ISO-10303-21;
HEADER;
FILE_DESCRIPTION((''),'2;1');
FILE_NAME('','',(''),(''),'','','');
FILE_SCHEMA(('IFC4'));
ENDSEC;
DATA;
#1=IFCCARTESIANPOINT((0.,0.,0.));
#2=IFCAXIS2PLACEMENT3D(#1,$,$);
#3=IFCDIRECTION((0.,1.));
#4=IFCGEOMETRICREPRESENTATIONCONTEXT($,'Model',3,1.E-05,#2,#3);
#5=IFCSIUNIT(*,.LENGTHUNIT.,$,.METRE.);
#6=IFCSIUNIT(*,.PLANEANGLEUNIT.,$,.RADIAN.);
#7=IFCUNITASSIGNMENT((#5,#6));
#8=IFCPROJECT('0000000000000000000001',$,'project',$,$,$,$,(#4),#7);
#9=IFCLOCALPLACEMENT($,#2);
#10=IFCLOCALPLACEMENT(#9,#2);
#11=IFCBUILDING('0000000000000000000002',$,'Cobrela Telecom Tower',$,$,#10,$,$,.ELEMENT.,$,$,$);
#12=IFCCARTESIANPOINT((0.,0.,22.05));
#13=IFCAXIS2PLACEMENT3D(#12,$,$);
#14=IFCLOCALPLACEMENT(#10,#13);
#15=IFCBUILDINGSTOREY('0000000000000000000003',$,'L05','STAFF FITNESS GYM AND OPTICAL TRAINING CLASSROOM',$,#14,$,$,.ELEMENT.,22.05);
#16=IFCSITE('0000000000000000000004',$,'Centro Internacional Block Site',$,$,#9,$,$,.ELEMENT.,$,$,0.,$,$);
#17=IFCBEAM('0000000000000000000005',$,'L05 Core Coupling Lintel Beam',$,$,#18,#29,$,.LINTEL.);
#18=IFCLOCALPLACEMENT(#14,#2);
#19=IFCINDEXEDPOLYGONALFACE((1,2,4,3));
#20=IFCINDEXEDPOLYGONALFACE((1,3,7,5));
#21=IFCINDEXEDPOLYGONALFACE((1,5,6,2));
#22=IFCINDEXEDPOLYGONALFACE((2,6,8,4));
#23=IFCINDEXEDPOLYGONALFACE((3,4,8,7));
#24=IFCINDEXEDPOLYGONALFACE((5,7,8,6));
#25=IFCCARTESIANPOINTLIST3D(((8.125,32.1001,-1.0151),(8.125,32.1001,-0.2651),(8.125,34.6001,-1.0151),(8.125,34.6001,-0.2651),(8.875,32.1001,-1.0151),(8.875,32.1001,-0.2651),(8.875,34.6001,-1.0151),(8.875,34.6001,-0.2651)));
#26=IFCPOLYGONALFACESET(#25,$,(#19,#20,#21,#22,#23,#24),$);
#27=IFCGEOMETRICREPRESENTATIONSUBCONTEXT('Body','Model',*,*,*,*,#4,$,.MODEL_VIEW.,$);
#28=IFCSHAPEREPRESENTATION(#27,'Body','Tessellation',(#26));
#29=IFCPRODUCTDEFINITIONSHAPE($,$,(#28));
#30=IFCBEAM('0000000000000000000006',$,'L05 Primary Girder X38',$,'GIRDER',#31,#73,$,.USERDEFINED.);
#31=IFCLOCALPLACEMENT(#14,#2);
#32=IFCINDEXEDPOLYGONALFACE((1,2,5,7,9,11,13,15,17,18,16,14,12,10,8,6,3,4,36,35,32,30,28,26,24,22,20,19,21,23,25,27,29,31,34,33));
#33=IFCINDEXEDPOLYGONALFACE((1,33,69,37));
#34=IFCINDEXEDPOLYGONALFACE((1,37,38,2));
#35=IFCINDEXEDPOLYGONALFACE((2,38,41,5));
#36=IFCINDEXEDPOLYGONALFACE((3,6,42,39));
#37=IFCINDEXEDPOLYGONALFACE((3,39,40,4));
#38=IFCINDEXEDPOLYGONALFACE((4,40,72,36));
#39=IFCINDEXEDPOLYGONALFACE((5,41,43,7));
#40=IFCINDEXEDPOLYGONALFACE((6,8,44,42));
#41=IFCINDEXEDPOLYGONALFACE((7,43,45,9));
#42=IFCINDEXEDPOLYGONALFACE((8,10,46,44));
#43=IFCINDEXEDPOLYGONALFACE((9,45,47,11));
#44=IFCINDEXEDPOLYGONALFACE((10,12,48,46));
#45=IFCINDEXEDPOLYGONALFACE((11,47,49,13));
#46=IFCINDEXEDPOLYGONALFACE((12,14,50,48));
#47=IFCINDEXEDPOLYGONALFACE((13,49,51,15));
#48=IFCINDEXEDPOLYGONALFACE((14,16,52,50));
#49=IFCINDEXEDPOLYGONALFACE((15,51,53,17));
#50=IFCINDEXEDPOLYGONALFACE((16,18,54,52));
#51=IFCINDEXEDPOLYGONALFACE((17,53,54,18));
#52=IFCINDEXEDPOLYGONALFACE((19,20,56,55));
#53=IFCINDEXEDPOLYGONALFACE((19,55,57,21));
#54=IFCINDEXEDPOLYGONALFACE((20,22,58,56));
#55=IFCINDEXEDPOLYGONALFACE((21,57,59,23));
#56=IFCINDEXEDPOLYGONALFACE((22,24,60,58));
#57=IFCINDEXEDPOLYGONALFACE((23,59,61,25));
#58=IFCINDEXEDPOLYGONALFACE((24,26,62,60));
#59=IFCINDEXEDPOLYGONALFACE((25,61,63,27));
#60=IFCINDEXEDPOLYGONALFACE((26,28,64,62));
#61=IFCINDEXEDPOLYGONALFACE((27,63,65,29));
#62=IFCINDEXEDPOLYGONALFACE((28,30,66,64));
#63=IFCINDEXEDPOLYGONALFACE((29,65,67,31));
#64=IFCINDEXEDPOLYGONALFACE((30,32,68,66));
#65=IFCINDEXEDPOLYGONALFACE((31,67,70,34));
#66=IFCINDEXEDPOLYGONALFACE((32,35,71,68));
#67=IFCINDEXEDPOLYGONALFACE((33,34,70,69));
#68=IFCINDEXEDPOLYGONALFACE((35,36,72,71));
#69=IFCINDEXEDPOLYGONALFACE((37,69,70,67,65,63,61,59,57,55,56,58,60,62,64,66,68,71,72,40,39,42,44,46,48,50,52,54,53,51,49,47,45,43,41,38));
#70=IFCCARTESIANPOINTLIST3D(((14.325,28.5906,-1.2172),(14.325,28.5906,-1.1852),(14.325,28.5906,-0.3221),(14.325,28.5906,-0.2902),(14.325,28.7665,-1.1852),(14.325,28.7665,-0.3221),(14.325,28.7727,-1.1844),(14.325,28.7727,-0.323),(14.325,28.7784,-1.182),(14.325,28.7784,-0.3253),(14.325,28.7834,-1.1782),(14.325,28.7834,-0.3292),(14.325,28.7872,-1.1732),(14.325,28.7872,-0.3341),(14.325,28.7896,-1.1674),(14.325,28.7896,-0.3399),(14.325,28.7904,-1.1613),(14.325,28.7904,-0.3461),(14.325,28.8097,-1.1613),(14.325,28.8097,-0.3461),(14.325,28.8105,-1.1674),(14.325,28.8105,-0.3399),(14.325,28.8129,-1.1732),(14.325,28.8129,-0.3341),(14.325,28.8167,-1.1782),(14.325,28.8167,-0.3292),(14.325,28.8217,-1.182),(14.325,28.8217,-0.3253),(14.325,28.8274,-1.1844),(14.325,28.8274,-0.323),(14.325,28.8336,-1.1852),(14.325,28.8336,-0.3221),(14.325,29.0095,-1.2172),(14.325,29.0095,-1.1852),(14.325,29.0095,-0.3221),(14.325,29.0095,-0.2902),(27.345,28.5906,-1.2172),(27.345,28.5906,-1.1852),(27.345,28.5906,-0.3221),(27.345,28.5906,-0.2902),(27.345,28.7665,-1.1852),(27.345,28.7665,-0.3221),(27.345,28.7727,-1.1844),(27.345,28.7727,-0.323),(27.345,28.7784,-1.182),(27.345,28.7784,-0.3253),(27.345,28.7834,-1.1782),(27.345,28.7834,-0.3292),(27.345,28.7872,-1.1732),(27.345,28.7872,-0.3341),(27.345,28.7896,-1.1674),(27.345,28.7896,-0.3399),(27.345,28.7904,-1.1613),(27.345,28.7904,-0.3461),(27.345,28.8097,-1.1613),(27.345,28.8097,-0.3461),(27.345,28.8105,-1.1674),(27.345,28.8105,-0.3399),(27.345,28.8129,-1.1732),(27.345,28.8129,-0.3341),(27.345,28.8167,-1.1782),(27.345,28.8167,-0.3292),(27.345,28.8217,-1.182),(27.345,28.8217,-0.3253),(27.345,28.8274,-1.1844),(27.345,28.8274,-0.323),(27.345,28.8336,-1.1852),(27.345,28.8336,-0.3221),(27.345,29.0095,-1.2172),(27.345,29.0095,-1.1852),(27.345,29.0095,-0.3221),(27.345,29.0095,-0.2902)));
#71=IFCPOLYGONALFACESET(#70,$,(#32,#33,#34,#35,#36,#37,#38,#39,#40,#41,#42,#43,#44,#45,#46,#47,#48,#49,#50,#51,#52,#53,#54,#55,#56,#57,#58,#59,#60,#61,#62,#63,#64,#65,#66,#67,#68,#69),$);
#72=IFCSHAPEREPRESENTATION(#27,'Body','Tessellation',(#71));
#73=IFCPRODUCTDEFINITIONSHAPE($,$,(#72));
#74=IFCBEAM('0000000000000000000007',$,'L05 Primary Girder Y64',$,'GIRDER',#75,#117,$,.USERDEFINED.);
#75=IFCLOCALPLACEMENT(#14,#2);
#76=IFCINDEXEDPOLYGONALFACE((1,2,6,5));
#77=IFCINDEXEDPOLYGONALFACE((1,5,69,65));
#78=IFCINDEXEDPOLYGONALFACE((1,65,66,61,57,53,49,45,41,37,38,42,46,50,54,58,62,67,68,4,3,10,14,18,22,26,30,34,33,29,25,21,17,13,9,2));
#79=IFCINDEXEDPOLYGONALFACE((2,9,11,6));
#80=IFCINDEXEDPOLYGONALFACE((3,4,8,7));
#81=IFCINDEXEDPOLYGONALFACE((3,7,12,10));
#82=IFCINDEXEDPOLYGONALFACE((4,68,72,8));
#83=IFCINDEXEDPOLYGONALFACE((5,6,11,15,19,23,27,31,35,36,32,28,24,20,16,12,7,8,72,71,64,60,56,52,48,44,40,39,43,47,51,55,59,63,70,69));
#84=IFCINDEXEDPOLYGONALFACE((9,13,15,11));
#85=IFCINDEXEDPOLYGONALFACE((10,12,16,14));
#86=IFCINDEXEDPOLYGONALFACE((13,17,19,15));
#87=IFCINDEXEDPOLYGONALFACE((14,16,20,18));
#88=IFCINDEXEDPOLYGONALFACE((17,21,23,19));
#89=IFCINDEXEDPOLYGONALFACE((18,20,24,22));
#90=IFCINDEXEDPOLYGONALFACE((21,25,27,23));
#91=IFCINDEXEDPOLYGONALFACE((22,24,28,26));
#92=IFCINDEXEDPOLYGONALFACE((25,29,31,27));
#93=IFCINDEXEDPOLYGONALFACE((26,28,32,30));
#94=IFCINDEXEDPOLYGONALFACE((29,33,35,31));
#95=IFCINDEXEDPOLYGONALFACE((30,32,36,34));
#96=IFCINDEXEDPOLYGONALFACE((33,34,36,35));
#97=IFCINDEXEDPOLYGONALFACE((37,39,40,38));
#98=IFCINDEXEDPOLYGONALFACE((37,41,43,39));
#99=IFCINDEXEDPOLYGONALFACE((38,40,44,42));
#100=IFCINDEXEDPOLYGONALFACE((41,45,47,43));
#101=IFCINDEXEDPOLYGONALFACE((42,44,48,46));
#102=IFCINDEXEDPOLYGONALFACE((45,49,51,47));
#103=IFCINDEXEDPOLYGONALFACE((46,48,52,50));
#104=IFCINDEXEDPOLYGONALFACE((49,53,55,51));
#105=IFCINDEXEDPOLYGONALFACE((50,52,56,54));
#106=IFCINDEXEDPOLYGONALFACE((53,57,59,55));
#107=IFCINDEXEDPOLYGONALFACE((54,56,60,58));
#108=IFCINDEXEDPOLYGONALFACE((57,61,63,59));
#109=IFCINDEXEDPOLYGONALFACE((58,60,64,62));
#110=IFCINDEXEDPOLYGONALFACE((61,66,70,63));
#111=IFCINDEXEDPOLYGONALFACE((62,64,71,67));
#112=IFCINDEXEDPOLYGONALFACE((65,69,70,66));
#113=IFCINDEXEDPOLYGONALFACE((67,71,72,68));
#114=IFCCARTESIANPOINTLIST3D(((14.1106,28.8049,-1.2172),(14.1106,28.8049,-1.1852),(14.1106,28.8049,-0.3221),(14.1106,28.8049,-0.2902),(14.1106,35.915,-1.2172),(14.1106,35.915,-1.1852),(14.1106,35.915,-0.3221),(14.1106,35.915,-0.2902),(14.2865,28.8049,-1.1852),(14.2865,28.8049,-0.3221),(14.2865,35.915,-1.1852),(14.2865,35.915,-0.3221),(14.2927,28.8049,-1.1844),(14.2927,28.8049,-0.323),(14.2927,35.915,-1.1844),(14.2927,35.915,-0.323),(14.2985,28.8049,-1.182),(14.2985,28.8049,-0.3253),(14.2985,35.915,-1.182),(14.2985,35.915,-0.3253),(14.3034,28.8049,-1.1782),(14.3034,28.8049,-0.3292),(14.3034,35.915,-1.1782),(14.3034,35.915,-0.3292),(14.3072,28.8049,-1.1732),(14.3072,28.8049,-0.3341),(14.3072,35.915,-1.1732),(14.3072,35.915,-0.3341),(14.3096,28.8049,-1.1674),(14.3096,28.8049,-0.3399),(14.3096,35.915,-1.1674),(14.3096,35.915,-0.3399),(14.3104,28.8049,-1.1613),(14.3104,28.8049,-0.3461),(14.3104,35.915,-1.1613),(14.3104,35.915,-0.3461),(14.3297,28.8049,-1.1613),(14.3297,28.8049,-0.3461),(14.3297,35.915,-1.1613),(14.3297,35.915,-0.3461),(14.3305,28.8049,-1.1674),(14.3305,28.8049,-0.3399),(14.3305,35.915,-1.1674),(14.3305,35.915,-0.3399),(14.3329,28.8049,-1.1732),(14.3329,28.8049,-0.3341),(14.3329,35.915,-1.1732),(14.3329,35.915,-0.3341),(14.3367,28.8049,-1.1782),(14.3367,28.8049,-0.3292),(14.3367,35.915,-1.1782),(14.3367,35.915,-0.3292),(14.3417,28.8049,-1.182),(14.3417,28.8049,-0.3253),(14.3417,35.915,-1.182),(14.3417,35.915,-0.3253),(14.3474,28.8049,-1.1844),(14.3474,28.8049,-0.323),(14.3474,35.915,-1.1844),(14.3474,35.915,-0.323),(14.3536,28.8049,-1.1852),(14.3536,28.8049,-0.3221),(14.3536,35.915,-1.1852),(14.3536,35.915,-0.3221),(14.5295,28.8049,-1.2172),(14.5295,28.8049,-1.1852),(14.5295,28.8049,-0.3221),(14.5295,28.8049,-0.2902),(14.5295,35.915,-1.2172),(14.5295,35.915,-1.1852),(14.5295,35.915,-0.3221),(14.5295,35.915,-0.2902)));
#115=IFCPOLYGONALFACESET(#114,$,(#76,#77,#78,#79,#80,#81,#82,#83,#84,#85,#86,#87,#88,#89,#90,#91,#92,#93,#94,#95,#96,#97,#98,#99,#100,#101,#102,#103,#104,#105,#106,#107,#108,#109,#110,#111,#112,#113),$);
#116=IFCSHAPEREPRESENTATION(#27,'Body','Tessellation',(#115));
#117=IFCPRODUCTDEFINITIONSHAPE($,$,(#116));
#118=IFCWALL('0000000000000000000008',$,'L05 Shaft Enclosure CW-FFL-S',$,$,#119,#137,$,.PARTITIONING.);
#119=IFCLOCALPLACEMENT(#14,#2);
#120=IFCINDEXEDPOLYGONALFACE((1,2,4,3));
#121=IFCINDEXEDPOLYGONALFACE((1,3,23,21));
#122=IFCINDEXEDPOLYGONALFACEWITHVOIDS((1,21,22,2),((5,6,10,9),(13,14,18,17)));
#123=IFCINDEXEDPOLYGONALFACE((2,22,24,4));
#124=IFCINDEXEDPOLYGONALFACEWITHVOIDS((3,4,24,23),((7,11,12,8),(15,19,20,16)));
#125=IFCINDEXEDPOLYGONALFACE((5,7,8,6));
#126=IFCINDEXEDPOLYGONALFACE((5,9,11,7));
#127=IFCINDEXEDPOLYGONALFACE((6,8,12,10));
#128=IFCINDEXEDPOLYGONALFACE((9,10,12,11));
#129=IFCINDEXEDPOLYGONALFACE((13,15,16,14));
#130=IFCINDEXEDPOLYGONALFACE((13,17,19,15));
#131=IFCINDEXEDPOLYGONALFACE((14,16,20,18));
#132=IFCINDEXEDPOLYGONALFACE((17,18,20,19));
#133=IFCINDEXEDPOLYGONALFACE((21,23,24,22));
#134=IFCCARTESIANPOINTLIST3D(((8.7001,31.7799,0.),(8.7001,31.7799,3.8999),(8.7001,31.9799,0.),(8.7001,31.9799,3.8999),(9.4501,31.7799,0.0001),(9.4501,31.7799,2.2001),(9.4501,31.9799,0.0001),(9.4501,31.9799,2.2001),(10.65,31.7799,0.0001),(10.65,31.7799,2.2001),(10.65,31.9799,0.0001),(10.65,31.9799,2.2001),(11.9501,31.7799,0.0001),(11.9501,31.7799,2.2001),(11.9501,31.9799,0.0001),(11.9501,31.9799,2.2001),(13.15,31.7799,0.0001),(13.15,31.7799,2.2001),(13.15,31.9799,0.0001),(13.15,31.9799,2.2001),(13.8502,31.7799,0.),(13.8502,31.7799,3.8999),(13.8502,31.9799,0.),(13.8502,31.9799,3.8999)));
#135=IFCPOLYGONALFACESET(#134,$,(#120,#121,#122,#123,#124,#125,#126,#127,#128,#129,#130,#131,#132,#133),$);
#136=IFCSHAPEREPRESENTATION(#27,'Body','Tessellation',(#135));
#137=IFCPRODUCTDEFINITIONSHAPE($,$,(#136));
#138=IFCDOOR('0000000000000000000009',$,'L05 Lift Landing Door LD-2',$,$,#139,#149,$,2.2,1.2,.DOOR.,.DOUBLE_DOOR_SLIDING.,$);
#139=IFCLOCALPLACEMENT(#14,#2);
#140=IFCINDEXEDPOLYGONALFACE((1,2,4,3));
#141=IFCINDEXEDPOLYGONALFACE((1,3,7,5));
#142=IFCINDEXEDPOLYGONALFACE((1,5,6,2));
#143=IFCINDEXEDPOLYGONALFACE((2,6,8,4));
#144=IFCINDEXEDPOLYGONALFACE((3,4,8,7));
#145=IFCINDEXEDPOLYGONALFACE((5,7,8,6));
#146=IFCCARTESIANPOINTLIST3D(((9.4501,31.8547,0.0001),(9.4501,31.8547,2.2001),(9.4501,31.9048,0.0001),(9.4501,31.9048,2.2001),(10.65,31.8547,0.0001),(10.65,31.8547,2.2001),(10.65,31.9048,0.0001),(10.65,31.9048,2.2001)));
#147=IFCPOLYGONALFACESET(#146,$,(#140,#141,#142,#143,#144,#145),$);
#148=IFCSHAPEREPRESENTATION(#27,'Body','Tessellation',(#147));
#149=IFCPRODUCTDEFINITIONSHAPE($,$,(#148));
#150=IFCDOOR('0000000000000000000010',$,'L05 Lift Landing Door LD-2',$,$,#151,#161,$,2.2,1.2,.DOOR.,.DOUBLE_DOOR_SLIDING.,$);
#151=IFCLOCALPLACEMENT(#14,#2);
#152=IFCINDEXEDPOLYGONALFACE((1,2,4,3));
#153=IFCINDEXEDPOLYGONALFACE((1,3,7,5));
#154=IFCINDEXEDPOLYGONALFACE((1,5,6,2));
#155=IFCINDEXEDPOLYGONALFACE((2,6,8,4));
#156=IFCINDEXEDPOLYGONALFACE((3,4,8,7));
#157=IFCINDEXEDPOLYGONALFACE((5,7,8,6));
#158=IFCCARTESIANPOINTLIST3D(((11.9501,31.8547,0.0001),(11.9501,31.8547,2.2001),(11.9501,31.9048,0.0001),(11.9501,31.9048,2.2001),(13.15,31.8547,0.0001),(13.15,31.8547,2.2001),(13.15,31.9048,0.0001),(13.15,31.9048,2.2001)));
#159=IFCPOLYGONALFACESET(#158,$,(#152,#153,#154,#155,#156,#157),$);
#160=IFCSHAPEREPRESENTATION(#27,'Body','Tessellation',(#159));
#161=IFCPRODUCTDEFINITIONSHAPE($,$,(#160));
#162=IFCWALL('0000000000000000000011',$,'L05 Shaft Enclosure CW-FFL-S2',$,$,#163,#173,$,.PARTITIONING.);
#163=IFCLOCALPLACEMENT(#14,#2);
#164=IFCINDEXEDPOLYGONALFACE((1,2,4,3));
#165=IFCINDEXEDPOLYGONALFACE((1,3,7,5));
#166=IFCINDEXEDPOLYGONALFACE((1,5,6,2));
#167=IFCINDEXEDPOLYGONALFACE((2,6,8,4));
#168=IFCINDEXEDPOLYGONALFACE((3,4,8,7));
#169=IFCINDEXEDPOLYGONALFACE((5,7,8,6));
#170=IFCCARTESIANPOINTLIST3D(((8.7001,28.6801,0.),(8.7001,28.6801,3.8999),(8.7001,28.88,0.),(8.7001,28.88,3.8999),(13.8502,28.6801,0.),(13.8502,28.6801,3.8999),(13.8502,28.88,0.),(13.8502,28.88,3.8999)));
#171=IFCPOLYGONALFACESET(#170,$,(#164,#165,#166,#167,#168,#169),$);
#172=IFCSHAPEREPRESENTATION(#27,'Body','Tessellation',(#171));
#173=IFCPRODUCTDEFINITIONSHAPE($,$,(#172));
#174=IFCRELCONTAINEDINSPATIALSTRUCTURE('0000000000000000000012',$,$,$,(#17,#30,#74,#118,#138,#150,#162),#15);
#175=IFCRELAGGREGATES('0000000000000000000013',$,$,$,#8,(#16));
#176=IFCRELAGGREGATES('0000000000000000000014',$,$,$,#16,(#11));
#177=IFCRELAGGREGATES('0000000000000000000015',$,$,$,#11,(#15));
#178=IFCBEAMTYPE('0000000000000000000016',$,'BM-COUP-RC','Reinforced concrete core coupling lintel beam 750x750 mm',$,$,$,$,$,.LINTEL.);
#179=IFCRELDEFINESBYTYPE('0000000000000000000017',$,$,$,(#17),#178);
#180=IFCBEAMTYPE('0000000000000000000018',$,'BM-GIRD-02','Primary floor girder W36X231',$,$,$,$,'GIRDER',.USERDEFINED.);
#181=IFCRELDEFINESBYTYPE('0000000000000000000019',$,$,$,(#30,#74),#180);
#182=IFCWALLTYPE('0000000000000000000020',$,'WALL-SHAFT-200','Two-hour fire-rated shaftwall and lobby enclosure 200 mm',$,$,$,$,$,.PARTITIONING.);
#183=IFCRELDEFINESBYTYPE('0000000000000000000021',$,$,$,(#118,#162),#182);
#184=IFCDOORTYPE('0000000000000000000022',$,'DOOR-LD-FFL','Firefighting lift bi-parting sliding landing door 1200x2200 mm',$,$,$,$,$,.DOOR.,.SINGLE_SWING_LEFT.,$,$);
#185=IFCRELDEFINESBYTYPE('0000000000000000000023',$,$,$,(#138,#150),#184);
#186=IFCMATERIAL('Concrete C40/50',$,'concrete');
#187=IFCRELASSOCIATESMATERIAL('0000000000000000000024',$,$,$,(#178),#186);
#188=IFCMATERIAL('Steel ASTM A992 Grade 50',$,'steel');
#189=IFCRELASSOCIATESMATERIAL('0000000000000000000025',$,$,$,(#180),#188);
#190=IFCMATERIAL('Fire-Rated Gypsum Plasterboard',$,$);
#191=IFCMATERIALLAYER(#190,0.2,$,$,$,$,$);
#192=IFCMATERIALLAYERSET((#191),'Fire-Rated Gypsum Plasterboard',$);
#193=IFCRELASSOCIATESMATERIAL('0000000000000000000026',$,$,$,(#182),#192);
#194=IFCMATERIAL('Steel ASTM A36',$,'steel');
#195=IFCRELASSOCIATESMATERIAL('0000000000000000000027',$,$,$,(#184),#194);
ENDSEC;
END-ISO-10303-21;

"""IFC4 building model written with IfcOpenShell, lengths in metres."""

from ifc_helpers import new_model, si_unit, direction, frame, frame_2d, origin, origin_2d, place, context, subcontext, project, spatial, rectangle, i_section, extrude, material, layer, layer_set, material_profile, profile_set, type_object, element, fill, save


model = new_model("IFC4")

# Units and contexts
model_context = context("Model", 3, precision=1e-05, world=origin(), true_north=direction((0.0, 1.0)))
body_context = subcontext(model_context, "Body", "Model", "MODEL_VIEW")
ifc_project = project(units=[si_unit("LENGTHUNIT", "METRE"), si_unit("PLANEANGLEUNIT", "RADIAN")], contexts=[model_context])

# Site, building, storey
site_placement = place(None, origin())
site = spatial("IfcSite", under=ifc_project, at=site_placement, Name="Centro Internacional Block Site", CompositionType="ELEMENT", RefElevation=0.0)
building_placement = place(site_placement, origin())
building = spatial("IfcBuilding", under=site, at=building_placement, Name="Cobrela Telecom Tower", CompositionType="ELEMENT")
storey_placement = place(building_placement, frame((0.0, 0.0, 22.05)))
storey = spatial("IfcBuildingStorey", under=building, at=storey_placement, Name="L05", Description="STAFF FITNESS GYM AND OPTICAL TRAINING CLASSROOM", CompositionType="ELEMENT", Elevation=22.05)

# Beams
ifc_material_1 = material(Name="Concrete C40/50", Category="concrete")
ifc_material_profile_1 = material_profile(ifc_material_1, rectangle(XDim=0.75, YDim=0.75, at=origin_2d()), Name="RC 750x750")
ifc_profile_set_1 = profile_set([ifc_material_profile_1], Name="Concrete C40/50")
beam_type_1 = type_object("IfcBeamType", Name="BM-COUP-RC", Description="Reinforced concrete core coupling lintel beam 750x750 mm", PredefinedType="LINTEL", material=ifc_profile_set_1)
beam_1_placement = place(storey_placement, frame((8.5, 32.1001, -0.6401), z_axis=(0.0, 1.0, 0.0), x_axis=(-1.0, 0.0, 0.0)))
element("IfcBeam", 1, at=beam_1_placement, inside=storey, type_object=beam_type_1, Name="L05 Core Coupling Lintel Beam", PredefinedType="LINTEL", context=body_context, shape_type="SweptSolid", body=[
    extrude(rectangle(XDim=0.75, YDim=0.75, at=origin_2d()), origin(), (0.0, 0.0, 1.0), 2.5),
])
ifc_material_2 = material(Name="Steel ASTM A992 Grade 50", Category="steel")
ifc_material_profile_2 = material_profile(ifc_material_2, i_section(OverallWidth=0.4189, OverallDepth=0.927, WebThickness=0.0193, FlangeThickness=0.032, FilletRadius=0.0239, at=origin_2d()), Name="W36X231")
ifc_profile_set_2 = profile_set([ifc_material_profile_2], Name="Steel ASTM A992 Grade 50")
beam_type_2 = type_object("IfcBeamType", Name="BM-GIRD-02", Description="Primary floor girder W36X231", ElementType="GIRDER", PredefinedType="USERDEFINED", material=ifc_profile_set_2)
beam_2_placement = place(storey_placement, frame((14.325, 28.8, -0.7537), z_axis=(1.0, 0.0, 0.0), x_axis=(0.0, 1.0, 0.0)))
element("IfcBeam", 2, at=beam_2_placement, inside=storey, type_object=beam_type_2, Name="L05 Primary Girder X38", ObjectType="GIRDER", PredefinedType="USERDEFINED", context=body_context, shape_type="SweptSolid", body=[
    extrude(i_section(OverallWidth=0.4189, OverallDepth=0.927, WebThickness=0.0193, FlangeThickness=0.032, FilletRadius=0.0239, at=origin_2d()), origin(), (0.0, 0.0, 1.0), 13.02),
])
beam_3_placement = place(storey_placement, frame((14.3201, 28.8049, -0.7537), z_axis=(0.0, 1.0, 0.0), x_axis=(-1.0, 0.0, 0.0)))
element("IfcBeam", 3, at=beam_3_placement, inside=storey, type_object=beam_type_2, Name="L05 Primary Girder Y64", ObjectType="GIRDER", PredefinedType="USERDEFINED", context=body_context, shape_type="SweptSolid", body=[
    extrude(i_section(OverallWidth=0.4189, OverallDepth=0.927, WebThickness=0.0193, FlangeThickness=0.032, FilletRadius=0.0239, at=origin_2d()), origin(), (0.0, 0.0, 1.0), 7.1101),
])

# Wall, openings, doors
ifc_material_3 = material(Name="Steel ASTM A36", Category="steel")
ifc_material_4 = material(Name="Fire-Rated Gypsum Plasterboard")
ifc_layer_1 = layer(ifc_material_4, 0.2)
ifc_layer_set_1 = layer_set([ifc_layer_1], Name="Fire-Rated Gypsum Plasterboard")
wall_type_1 = type_object("IfcWallType", Name="WALL-SHAFT-200", Description="Two-hour fire-rated shaftwall and lobby enclosure 200 mm", PredefinedType="PARTITIONING", material=ifc_layer_set_1)
wall_1_placement = place(storey_placement, frame((8.7, 31.8799, 0.0), z_axis=(0.0, 0.0, 1.0), x_axis=(1.0, 0.0, 0.0)))
wall_1 = element("IfcWall", 4, at=wall_1_placement, inside=storey, type_object=wall_type_1, Name="L05 Shaft Enclosure CW-FFL-S", PredefinedType="PARTITIONING", context=body_context, shape_type="SweptSolid", body=[
    extrude(rectangle(XDim=5.1501, YDim=0.2, at=frame_2d((2.5752, 0.0))), origin(), (0.0, 0.0, 1.0), 3.8999),
])
opening_1_placement = place(wall_1_placement, frame((0.75, 0.0, 0.0)))
opening_1 = element("IfcOpeningElement", 5, at=opening_1_placement, cuts=wall_1, PredefinedType="OPENING", context=body_context, shape_type="SweptSolid", body=[
    extrude(rectangle(XDim=1.2, YDim=2.2, at=frame_2d((0.6001, 1.1001))), frame((0.0, 0.1118, 0.0), z_axis=(0.0, -1.0, 0.0), x_axis=(1.0, 0.0, 0.0)), (0.0, 0.0, 1.0), 0.2239),
])
opening_2_placement = place(wall_1_placement, frame((3.25, 0.0, 0.0)))
opening_2 = element("IfcOpeningElement", 6, at=opening_2_placement, cuts=wall_1, PredefinedType="OPENING", context=body_context, shape_type="SweptSolid", body=[
    extrude(rectangle(XDim=1.2, YDim=2.2, at=frame_2d((0.6001, 1.1001))), frame((0.0, 0.1118, 0.0), z_axis=(0.0, -1.0, 0.0), x_axis=(1.0, 0.0, 0.0)), (0.0, 0.0, 1.0), 0.2239),
])
door_type_1 = type_object("IfcDoorType", Name="DOOR-LD-FFL", Description="Firefighting lift bi-parting sliding landing door 1200x2200 mm", OperationType="SINGLE_SWING_LEFT", PredefinedType="DOOR", material=ifc_material_3)
door_1_placement = place(opening_1_placement, origin())
door_1 = element("IfcDoor", 7, at=door_1_placement, inside=storey, type_object=door_type_1, Name="L05 Lift Landing Door LD-2", OperationType="DOUBLE_DOOR_SLIDING", OverallHeight=2.2, OverallWidth=1.2, PredefinedType="DOOR", context=body_context, shape_type="SweptSolid", body=[
    extrude(rectangle(XDim=1.2, YDim=2.2, at=frame_2d((0.6001, 1.1001))), frame((0.0, 0.0249, 0.0), z_axis=(0.0, -1.0, 0.0), x_axis=(1.0, 0.0, 0.0)), (0.0, 0.0, 1.0), 0.05),
])
fill(opening_1, door_1)
door_2_placement = place(opening_2_placement, origin())
door_2 = element("IfcDoor", 8, at=door_2_placement, inside=storey, type_object=door_type_1, Name="L05 Lift Landing Door LD-2", OperationType="DOUBLE_DOOR_SLIDING", OverallHeight=2.2, OverallWidth=1.2, PredefinedType="DOOR", context=body_context, shape_type="SweptSolid", body=[
    extrude(rectangle(XDim=1.2, YDim=2.2, at=frame_2d((0.6001, 1.1001))), frame((0.0, 0.0249, 0.0), z_axis=(0.0, -1.0, 0.0), x_axis=(1.0, 0.0, 0.0)), (0.0, 0.0, 1.0), 0.05),
])
fill(opening_2, door_2)

# Wall
wall_2_placement = place(storey_placement, frame((8.7, 28.78, 0.0), z_axis=(0.0, 0.0, 1.0), x_axis=(1.0, 0.0, 0.0)))
element("IfcWall", 9, at=wall_2_placement, inside=storey, type_object=wall_type_1, Name="L05 Shaft Enclosure CW-FFL-S2", PredefinedType="PARTITIONING", context=body_context, shape_type="SweptSolid", body=[
    extrude(rectangle(XDim=5.1501, YDim=0.2, at=frame_2d((2.5752, 0.0))), origin(), (0.0, 0.0, 1.0), 3.8999),
])

save(model, "model.ifc")
